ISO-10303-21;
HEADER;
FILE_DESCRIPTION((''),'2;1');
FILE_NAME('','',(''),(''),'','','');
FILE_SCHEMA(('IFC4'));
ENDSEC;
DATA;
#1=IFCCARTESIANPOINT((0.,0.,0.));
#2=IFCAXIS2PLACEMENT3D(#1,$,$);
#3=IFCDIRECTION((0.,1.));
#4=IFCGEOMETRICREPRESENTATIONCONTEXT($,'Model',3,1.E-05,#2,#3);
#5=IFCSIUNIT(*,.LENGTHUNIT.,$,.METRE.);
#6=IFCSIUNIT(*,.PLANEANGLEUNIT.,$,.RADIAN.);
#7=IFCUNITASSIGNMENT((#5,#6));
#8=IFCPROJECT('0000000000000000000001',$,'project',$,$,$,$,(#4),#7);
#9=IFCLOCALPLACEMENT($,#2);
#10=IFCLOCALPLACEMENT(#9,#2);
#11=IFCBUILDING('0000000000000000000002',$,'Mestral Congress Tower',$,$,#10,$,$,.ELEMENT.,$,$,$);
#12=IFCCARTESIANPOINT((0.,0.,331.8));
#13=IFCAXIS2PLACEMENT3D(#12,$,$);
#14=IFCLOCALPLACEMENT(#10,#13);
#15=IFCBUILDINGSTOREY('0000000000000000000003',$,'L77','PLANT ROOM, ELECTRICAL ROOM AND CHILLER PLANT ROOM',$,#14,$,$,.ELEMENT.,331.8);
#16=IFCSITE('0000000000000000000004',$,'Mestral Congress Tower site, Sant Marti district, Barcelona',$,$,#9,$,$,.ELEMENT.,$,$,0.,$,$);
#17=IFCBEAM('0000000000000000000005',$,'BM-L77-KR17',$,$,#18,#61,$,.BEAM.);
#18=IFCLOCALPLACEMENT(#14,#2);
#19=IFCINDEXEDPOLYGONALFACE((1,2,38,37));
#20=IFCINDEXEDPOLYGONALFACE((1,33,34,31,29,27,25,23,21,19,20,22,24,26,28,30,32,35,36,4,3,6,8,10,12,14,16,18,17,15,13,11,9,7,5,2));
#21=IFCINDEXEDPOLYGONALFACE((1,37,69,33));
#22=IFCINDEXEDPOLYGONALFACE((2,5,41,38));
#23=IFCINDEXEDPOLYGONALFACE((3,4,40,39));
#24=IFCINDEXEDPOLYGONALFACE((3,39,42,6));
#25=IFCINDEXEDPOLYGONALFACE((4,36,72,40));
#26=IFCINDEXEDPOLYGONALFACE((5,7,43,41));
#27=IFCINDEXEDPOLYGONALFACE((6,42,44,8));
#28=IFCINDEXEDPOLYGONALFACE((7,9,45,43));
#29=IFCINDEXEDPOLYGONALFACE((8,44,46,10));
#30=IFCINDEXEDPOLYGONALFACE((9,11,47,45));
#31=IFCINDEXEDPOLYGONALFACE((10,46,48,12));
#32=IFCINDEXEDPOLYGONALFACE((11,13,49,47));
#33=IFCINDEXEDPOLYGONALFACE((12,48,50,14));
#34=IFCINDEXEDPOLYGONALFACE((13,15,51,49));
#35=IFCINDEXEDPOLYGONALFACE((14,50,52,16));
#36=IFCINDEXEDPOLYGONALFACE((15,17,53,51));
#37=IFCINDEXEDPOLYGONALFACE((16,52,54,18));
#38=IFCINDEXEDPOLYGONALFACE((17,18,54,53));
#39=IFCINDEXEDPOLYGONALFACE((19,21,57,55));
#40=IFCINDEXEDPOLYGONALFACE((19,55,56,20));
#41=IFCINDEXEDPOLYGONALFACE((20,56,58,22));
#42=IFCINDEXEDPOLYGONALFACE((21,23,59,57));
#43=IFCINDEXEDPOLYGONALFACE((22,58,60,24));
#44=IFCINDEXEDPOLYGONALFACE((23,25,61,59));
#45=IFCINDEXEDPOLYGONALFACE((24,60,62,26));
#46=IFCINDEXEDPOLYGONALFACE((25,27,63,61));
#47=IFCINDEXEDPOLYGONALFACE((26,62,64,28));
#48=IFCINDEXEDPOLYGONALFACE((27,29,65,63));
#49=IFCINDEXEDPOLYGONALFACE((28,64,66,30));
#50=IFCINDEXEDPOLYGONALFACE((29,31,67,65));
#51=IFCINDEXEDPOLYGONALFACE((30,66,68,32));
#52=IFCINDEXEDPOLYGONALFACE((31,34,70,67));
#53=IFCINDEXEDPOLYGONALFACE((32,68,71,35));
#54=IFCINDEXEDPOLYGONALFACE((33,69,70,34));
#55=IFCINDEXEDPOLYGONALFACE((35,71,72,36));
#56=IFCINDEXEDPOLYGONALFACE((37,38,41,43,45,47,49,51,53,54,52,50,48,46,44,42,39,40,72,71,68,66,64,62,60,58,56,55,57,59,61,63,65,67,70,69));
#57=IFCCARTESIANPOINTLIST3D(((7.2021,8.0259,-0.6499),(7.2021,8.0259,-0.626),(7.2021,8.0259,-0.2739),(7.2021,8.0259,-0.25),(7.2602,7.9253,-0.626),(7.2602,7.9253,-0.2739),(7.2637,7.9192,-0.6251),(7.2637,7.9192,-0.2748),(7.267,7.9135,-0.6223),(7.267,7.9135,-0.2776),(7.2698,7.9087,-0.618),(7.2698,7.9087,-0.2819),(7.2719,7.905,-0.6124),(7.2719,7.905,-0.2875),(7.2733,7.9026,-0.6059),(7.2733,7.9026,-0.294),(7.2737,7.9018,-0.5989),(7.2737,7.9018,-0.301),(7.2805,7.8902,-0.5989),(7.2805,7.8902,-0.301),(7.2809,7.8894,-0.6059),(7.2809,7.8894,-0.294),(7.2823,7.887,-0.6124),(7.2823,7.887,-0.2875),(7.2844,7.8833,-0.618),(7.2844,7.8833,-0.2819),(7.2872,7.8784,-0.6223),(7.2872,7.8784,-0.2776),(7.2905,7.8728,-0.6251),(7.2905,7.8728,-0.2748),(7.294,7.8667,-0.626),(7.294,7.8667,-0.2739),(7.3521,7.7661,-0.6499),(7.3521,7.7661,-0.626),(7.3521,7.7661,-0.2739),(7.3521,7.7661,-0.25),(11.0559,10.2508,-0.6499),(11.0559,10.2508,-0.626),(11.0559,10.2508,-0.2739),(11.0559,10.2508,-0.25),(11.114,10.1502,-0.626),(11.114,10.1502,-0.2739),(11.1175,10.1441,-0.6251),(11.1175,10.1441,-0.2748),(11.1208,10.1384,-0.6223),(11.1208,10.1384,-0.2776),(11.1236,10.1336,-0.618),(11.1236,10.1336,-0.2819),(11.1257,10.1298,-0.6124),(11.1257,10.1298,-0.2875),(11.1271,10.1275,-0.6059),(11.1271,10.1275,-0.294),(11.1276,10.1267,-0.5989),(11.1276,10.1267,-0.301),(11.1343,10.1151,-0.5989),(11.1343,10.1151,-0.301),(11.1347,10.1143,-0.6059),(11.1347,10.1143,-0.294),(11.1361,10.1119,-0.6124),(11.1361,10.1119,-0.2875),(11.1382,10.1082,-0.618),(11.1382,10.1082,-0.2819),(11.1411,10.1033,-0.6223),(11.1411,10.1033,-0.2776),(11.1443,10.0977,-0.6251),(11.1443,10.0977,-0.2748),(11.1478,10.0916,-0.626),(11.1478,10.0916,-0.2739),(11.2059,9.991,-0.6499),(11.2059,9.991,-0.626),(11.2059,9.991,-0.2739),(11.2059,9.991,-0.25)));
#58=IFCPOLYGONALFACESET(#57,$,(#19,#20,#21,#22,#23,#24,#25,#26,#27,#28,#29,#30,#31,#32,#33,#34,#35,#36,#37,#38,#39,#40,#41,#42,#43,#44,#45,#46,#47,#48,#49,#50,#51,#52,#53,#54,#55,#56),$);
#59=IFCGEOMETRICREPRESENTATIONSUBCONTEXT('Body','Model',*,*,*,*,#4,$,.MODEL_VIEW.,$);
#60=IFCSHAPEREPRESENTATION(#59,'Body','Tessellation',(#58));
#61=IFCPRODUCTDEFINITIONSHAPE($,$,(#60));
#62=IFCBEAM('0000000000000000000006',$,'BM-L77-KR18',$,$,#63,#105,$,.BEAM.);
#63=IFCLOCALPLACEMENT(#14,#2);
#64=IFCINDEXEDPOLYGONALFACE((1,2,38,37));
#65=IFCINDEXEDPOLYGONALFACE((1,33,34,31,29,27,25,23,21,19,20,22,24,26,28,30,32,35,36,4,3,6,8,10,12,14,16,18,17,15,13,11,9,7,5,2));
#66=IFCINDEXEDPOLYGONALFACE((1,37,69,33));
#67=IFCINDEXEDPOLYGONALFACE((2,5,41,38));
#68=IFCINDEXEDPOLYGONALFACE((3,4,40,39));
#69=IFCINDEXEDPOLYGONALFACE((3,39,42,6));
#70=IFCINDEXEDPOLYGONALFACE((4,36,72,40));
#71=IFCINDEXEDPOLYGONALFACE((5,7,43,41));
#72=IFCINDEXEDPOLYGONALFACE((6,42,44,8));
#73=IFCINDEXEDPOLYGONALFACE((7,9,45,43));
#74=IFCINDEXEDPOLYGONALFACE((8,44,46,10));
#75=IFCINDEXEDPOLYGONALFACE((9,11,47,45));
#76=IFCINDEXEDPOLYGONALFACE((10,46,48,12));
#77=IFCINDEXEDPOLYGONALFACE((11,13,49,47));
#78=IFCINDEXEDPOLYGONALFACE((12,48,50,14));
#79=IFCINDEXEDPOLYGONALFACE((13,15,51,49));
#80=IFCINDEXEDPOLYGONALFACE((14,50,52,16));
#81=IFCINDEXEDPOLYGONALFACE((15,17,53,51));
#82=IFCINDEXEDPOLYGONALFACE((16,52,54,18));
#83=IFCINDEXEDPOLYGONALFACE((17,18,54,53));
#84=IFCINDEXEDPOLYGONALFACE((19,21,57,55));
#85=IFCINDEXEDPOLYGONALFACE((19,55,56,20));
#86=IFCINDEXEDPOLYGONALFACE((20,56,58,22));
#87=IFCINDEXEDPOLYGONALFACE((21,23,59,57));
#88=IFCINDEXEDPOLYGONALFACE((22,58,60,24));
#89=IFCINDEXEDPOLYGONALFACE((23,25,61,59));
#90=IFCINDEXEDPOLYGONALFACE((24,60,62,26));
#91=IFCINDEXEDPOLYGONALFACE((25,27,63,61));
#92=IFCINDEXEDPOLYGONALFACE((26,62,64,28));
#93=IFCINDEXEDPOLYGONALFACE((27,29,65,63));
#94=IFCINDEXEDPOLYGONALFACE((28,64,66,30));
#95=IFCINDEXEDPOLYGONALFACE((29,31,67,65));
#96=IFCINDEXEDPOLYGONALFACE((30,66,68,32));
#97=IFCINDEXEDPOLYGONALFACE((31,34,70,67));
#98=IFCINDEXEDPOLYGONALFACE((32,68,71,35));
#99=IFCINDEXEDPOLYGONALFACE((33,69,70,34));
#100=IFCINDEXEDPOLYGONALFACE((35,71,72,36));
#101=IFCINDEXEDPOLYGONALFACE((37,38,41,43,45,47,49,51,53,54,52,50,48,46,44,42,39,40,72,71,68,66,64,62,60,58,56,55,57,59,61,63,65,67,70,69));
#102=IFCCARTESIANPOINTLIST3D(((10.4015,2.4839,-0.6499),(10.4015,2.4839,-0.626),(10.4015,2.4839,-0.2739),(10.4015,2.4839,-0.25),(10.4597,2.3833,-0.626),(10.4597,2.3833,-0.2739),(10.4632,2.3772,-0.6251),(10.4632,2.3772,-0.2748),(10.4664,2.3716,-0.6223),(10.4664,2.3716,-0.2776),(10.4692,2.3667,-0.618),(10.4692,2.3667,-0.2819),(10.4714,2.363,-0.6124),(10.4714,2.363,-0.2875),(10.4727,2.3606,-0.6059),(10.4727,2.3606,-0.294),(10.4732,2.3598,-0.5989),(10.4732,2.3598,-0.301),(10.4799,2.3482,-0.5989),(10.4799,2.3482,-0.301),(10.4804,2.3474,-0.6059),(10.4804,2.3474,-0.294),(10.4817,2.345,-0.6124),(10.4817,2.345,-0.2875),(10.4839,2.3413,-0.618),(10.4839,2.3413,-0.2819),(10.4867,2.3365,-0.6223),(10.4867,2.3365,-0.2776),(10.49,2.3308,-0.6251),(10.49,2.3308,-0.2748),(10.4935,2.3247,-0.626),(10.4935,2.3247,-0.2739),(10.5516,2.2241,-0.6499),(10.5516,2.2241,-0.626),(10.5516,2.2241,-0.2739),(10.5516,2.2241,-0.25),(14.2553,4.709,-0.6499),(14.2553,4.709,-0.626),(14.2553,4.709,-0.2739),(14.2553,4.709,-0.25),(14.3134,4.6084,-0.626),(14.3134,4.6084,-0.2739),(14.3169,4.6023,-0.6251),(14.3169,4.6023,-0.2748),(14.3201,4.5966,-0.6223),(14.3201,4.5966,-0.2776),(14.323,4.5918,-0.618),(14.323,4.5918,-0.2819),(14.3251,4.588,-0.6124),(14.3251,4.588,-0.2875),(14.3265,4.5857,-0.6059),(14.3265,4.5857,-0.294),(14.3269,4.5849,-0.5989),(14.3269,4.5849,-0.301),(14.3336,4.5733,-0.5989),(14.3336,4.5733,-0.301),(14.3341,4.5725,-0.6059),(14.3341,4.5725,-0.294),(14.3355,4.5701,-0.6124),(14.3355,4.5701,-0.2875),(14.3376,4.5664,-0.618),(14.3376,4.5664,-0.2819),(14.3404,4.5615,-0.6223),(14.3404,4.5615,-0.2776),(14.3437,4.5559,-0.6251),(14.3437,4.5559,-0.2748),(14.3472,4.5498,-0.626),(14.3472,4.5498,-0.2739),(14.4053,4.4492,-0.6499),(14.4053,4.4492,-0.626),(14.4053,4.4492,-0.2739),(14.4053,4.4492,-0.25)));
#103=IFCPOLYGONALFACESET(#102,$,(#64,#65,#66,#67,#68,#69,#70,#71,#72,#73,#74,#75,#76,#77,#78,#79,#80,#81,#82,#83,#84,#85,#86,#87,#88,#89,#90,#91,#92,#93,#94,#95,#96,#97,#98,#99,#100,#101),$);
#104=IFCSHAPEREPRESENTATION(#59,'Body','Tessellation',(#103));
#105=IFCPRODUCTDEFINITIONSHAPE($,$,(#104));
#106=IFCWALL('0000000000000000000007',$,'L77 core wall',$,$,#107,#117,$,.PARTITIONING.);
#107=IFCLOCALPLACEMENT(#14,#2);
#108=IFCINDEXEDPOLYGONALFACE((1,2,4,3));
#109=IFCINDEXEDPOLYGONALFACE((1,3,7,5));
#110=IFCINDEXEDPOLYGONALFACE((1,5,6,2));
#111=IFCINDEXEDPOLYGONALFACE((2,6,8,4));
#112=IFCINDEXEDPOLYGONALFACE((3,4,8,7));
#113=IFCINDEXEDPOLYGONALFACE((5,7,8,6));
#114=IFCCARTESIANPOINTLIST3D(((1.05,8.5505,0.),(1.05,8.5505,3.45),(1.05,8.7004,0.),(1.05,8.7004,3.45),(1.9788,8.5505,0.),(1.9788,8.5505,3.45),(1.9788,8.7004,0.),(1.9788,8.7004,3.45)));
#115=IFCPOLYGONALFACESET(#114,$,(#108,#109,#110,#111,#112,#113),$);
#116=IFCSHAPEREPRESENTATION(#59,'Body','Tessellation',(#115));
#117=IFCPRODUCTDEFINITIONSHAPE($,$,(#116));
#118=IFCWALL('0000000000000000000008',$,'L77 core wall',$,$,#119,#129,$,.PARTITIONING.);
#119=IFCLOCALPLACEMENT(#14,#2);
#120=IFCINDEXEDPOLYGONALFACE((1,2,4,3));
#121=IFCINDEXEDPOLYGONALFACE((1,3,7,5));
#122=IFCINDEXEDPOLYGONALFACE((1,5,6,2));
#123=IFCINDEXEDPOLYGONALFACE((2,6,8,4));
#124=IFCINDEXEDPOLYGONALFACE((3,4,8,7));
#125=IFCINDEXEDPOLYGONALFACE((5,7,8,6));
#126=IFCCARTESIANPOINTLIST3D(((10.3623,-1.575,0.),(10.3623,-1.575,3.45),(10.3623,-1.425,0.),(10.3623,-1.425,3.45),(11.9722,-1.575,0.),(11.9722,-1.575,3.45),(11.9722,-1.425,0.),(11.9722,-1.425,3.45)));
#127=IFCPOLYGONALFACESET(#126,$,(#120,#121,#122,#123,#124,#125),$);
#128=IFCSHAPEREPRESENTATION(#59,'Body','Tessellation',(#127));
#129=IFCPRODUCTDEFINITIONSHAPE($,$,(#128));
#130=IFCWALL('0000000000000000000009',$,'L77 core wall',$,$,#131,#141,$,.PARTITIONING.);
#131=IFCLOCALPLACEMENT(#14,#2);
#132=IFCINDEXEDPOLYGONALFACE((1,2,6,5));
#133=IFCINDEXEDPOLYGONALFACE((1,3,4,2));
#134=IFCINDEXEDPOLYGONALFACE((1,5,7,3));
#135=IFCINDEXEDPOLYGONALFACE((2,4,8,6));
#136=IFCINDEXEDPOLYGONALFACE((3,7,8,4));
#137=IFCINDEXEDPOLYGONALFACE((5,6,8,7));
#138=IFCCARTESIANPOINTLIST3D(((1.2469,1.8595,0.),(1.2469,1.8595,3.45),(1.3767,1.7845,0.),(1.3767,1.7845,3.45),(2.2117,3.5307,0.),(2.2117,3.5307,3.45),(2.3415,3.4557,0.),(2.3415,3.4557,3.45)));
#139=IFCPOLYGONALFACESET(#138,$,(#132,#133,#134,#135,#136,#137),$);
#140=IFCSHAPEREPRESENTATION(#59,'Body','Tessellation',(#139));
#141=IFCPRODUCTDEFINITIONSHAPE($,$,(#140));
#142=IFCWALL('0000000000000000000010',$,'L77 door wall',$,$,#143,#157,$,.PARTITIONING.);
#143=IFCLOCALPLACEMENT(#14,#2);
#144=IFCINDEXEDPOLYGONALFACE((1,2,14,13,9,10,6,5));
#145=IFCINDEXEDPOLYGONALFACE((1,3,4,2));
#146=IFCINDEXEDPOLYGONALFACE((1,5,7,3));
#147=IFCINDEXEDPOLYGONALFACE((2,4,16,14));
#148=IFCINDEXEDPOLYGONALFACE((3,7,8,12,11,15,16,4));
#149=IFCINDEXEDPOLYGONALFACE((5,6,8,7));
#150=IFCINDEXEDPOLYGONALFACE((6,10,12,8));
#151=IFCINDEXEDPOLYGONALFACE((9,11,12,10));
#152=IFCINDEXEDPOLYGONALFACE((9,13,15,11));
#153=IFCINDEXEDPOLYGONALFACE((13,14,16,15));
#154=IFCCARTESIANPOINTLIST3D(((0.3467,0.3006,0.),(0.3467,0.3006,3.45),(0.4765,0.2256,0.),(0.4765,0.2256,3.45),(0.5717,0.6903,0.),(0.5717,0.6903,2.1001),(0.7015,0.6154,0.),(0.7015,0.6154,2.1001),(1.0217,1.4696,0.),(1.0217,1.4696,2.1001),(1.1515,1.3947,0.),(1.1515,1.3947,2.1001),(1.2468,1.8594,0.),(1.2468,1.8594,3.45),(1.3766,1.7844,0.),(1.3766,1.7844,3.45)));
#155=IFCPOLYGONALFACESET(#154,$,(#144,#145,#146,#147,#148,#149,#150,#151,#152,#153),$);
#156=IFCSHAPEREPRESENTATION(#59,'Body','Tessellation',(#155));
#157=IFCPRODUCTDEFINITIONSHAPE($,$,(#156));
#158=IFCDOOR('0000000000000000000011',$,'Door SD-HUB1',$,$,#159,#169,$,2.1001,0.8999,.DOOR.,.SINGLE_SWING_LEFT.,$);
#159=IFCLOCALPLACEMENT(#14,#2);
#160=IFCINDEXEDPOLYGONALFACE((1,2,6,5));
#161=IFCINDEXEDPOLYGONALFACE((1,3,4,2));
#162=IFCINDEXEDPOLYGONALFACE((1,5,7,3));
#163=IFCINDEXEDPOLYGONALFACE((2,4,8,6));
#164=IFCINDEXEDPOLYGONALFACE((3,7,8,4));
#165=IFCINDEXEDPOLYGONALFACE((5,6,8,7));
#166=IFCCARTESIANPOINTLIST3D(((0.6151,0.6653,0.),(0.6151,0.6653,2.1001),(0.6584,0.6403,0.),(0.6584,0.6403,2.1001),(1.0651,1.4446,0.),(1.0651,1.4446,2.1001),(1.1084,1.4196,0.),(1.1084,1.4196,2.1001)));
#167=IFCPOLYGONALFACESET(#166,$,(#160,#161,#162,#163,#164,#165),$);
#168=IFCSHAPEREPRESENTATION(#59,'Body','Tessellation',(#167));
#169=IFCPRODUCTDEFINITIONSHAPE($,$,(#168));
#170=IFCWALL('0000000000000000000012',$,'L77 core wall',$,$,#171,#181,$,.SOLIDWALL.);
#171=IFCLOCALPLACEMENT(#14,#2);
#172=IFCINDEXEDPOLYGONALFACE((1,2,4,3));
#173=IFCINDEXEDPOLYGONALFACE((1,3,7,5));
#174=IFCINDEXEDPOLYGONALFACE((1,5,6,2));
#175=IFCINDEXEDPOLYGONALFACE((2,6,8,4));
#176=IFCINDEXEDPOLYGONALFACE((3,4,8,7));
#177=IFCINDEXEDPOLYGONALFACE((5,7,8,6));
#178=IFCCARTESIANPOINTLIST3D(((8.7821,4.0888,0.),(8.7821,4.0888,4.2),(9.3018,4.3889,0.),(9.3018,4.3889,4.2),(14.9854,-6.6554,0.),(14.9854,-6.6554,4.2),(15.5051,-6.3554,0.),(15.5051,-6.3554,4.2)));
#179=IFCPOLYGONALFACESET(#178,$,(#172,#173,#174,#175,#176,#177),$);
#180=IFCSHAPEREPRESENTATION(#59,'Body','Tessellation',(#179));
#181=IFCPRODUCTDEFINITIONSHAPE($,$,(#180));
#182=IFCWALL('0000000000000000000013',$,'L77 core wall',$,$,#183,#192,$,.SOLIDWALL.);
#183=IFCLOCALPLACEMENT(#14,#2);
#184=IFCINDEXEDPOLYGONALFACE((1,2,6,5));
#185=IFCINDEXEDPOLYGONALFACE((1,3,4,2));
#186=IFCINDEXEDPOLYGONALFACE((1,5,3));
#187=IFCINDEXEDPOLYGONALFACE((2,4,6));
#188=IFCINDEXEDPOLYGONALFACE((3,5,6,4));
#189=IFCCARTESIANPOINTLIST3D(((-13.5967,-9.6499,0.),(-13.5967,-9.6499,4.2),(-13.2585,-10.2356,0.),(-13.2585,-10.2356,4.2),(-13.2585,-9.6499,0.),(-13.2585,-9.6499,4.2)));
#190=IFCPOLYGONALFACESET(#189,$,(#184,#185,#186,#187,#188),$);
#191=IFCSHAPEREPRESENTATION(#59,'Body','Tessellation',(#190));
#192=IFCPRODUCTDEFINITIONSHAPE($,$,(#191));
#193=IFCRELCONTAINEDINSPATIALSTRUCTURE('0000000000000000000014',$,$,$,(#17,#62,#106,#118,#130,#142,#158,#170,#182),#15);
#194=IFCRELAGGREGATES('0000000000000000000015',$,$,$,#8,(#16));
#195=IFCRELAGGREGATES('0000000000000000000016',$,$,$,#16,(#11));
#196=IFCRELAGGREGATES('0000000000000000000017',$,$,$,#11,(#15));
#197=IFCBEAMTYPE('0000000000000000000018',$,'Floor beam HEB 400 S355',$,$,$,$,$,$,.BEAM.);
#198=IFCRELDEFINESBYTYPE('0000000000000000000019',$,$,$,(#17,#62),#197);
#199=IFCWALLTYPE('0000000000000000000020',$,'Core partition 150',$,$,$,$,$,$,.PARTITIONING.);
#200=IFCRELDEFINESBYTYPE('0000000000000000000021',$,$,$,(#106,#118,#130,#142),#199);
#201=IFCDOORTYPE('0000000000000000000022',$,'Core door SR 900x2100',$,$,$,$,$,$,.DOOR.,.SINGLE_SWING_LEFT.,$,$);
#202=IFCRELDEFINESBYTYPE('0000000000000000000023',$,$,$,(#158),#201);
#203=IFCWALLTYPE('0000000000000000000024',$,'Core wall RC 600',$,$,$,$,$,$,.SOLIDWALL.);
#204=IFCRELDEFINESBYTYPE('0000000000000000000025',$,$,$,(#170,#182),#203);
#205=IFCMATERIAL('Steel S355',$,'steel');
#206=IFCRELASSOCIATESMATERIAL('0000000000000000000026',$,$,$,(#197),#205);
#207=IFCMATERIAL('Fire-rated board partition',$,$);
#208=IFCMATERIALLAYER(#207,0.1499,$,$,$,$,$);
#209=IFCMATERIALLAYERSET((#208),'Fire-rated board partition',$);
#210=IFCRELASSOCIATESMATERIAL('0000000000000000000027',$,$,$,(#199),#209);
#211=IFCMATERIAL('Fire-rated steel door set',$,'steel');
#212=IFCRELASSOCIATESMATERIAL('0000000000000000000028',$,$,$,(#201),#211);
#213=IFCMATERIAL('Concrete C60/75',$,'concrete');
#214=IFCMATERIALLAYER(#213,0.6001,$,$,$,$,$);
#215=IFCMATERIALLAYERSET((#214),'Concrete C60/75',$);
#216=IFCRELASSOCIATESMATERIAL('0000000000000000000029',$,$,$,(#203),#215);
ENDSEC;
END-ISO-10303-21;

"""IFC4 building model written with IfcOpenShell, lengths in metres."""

from ifc_helpers import new_model, si_unit, direction, frame, frame_2d, origin, origin_2d, place, context, subcontext, project, spatial, polyline, rectangle, i_section, outline, extrude, material, layer, layer_set, material_profile, profile_set, type_object, element, fill, save


model = new_model("IFC4")

# Units and contexts
model_context = context("Model", 3, precision=1e-05, world=origin(), true_north=direction((0.0, 1.0)))
body_context = subcontext(model_context, "Body", "Model", "MODEL_VIEW")
ifc_project = project(units=[si_unit("LENGTHUNIT", "METRE"), si_unit("PLANEANGLEUNIT", "RADIAN")], contexts=[model_context])

# Site, building, storey
site_placement = place(None, origin())
site = spatial("IfcSite", under=ifc_project, at=site_placement, Name="Mestral Congress Tower site, Sant Marti district, Barcelona", CompositionType="ELEMENT", RefElevation=0.0)
building_placement = place(site_placement, origin())
building = spatial("IfcBuilding", under=site, at=building_placement, Name="Mestral Congress Tower", CompositionType="ELEMENT")
storey_placement = place(building_placement, frame((0.0, 0.0, 331.8)))
storey = spatial("IfcBuildingStorey", under=building, at=storey_placement, Name="L77", Description="PLANT ROOM, ELECTRICAL ROOM AND CHILLER PLANT ROOM", CompositionType="ELEMENT", Elevation=331.8)

# Beams
ifc_material_1 = material(Name="Steel S355", Category="steel")
ifc_material_profile = material_profile(ifc_material_1, i_section(OverallWidth=0.3, OverallDepth=0.3999, WebThickness=0.0134, FlangeThickness=0.0239, FilletRadius=0.0271, at=origin_2d()), Name="HEB 400")
ifc_profile_set = profile_set([ifc_material_profile], Name="Steel S355")
beam_type = type_object("IfcBeamType", Name="Floor beam HEB 400 S355", PredefinedType="BEAM", material=ifc_profile_set)
for number, where, z_axis, x_axis, name in (
    (1, (7.2771, 7.896, -0.45), (0.866037, 0.49998, 0.0), (-0.49998, 0.866037, 0.0), "BM-L77-KR17"),
    (2, (10.4766, 2.354, -0.45), (0.866013, 0.500022, 0.0), (-0.500022, 0.866013, 0.0), "BM-L77-KR18"),
):
    element("IfcBeam", number, at=place(storey_placement, frame(where, z_axis=z_axis, x_axis=x_axis)), inside=storey, type_object=beam_type, Name=name, PredefinedType="BEAM", context=body_context, shape_type="SweptSolid", body=[
        extrude(i_section(OverallWidth=0.3, OverallDepth=0.3999, WebThickness=0.0134, FlangeThickness=0.0239, FilletRadius=0.0271, at=origin_2d()), origin(), (0.0, 0.0, 1.0), 4.45),
    ])

# Walls
ifc_material_2 = material(Name="Fire-rated board partition")
ifc_layer_1 = layer(ifc_material_2, 0.1499)
ifc_layer_set_1 = layer_set([ifc_layer_1], Name="Fire-rated board partition")
wall_type_1 = type_object("IfcWallType", Name="Core partition 150", PredefinedType="PARTITIONING", material=ifc_layer_set_1)
wall_1_placement = place(storey_placement, frame((1.05, 8.6255, 0.0), z_axis=(0.0, 0.0, 1.0), x_axis=(1.0, 0.0, 0.0)))
element("IfcWall", 3, at=wall_1_placement, inside=storey, type_object=wall_type_1, Name="L77 core wall", PredefinedType="PARTITIONING", context=body_context, shape_type="SweptSolid", body=[
    extrude(rectangle(XDim=0.9287, YDim=0.1499, at=frame_2d((0.4644, 0.0))), origin(), (0.0, 0.0, 1.0), 3.45),
])
wall_2_placement = place(storey_placement, frame((10.3623, -1.5, 0.0), z_axis=(0.0, 0.0, 1.0), x_axis=(1.0, 0.0, 0.0)))
element("IfcWall", 4, at=wall_2_placement, inside=storey, type_object=wall_type_1, Name="L77 core wall", PredefinedType="PARTITIONING", context=body_context, shape_type="SweptSolid", body=[
    extrude(rectangle(XDim=1.6099, YDim=0.1499, at=frame_2d((0.8049, 0.0))), origin(), (0.0, 0.0, 1.0), 3.45),
])
wall_3_placement = place(storey_placement, frame((1.3118, 1.822, 0.0), z_axis=(0.0, 0.0, 1.0), x_axis=(0.500004, 0.866023, 0.0)))
element("IfcWall", 5, at=wall_3_placement, inside=storey, type_object=wall_type_1, Name="L77 core wall", PredefinedType="PARTITIONING", context=body_context, shape_type="SweptSolid", body=[
    extrude(rectangle(XDim=1.9297, YDim=0.1499, at=frame_2d((0.9648, 0.0))), origin(), (0.0, 0.0, 1.0), 3.45),
])

# Wall, opening, door
wall_4_placement = place(storey_placement, frame((0.4116, 0.2632, 0.0), z_axis=(0.0, 0.0, 1.0), x_axis=(0.500063, 0.865989, 0.0)))
wall_4 = element("IfcWall", 6, at=wall_4_placement, inside=storey, type_object=wall_type_1, Name="L77 door wall", PredefinedType="PARTITIONING", context=body_context, shape_type="SweptSolid", body=[
    extrude(rectangle(XDim=1.8, YDim=0.1499, at=frame_2d((0.8999, 0.0))), origin(), (0.0, 0.0, 1.0), 3.45),
])
opening_1_placement = place(wall_4_placement, frame((0.45, 0.0, 0.0)))
opening_1 = element("IfcOpeningElement", 7, at=opening_1_placement, cuts=wall_4, PredefinedType="OPENING", context=body_context, shape_type="SweptSolid", body=[
    extrude(rectangle(XDim=0.8999, YDim=2.1001, at=frame_2d((0.45, 1.05))), frame((0.0, 0.085, 0.0), z_axis=(0.0, -1.0, 0.0), x_axis=(1.0, 0.0, 0.0)), (0.0, 0.0, 1.0), 0.1699),
])
ifc_material_3 = material(Name="Fire-rated steel door set", Category="steel")
door_type_1 = type_object("IfcDoorType", Name="Core door SR 900x2100", OperationType="SINGLE_SWING_LEFT", PredefinedType="DOOR", material=ifc_material_3)
door_1_placement = place(opening_1_placement, origin())
door_1 = element("IfcDoor", 8, at=door_1_placement, inside=storey, type_object=door_type_1, Name="Door SD-HUB1", OperationType="SINGLE_SWING_LEFT", OverallHeight=2.1001, OverallWidth=0.8999, PredefinedType="DOOR", context=body_context, shape_type="SweptSolid", body=[
    extrude(rectangle(XDim=0.8999, YDim=2.1001, at=frame_2d((0.45, 1.05))), frame((0.0, 0.0249, 0.0), z_axis=(0.0, -1.0, 0.0), x_axis=(1.0, 0.0, 0.0)), (0.0, 0.0, 1.0), 0.05),
])
fill(opening_1, door_1)

# Walls
ifc_material_4 = material(Name="Concrete C60/75", Category="concrete")
ifc_layer_2 = layer(ifc_material_4, 0.6001)
ifc_layer_set_2 = layer_set([ifc_layer_2], Name="Concrete C60/75")
wall_type_2 = type_object("IfcWallType", Name="Core wall RC 600", PredefinedType="SOLIDWALL", material=ifc_layer_set_2)
wall_5_placement = place(storey_placement, frame((9.042, 4.2388, 0.0), z_axis=(0.0, 0.0, 1.0), x_axis=(0.500006, -0.866022, 0.0)))
element("IfcWall", 9, at=wall_5_placement, inside=storey, type_object=wall_type_2, Name="L77 core wall", PredefinedType="SOLIDWALL", context=body_context, shape_type="SweptSolid", body=[
    extrude(rectangle(XDim=12.4065, YDim=0.6001, at=frame_2d((6.2031, 0.0))), origin(), (0.0, 0.0, 1.0), 4.2),
])
placement = place(storey_placement, origin())
element("IfcWall", 10, at=placement, inside=storey, type_object=wall_type_2, Name="L77 core wall", PredefinedType="SOLIDWALL", context=body_context, shape_type="SweptSolid", body=[
    extrude(outline(polyline([(-13.5967, -9.6499), (-13.2585, -9.6499), (-13.2585, -10.2356), (-13.5967, -9.6499)])), origin(), (0.0, 0.0, 1.0), 4.2),
])

save(model, "model.ifc")
